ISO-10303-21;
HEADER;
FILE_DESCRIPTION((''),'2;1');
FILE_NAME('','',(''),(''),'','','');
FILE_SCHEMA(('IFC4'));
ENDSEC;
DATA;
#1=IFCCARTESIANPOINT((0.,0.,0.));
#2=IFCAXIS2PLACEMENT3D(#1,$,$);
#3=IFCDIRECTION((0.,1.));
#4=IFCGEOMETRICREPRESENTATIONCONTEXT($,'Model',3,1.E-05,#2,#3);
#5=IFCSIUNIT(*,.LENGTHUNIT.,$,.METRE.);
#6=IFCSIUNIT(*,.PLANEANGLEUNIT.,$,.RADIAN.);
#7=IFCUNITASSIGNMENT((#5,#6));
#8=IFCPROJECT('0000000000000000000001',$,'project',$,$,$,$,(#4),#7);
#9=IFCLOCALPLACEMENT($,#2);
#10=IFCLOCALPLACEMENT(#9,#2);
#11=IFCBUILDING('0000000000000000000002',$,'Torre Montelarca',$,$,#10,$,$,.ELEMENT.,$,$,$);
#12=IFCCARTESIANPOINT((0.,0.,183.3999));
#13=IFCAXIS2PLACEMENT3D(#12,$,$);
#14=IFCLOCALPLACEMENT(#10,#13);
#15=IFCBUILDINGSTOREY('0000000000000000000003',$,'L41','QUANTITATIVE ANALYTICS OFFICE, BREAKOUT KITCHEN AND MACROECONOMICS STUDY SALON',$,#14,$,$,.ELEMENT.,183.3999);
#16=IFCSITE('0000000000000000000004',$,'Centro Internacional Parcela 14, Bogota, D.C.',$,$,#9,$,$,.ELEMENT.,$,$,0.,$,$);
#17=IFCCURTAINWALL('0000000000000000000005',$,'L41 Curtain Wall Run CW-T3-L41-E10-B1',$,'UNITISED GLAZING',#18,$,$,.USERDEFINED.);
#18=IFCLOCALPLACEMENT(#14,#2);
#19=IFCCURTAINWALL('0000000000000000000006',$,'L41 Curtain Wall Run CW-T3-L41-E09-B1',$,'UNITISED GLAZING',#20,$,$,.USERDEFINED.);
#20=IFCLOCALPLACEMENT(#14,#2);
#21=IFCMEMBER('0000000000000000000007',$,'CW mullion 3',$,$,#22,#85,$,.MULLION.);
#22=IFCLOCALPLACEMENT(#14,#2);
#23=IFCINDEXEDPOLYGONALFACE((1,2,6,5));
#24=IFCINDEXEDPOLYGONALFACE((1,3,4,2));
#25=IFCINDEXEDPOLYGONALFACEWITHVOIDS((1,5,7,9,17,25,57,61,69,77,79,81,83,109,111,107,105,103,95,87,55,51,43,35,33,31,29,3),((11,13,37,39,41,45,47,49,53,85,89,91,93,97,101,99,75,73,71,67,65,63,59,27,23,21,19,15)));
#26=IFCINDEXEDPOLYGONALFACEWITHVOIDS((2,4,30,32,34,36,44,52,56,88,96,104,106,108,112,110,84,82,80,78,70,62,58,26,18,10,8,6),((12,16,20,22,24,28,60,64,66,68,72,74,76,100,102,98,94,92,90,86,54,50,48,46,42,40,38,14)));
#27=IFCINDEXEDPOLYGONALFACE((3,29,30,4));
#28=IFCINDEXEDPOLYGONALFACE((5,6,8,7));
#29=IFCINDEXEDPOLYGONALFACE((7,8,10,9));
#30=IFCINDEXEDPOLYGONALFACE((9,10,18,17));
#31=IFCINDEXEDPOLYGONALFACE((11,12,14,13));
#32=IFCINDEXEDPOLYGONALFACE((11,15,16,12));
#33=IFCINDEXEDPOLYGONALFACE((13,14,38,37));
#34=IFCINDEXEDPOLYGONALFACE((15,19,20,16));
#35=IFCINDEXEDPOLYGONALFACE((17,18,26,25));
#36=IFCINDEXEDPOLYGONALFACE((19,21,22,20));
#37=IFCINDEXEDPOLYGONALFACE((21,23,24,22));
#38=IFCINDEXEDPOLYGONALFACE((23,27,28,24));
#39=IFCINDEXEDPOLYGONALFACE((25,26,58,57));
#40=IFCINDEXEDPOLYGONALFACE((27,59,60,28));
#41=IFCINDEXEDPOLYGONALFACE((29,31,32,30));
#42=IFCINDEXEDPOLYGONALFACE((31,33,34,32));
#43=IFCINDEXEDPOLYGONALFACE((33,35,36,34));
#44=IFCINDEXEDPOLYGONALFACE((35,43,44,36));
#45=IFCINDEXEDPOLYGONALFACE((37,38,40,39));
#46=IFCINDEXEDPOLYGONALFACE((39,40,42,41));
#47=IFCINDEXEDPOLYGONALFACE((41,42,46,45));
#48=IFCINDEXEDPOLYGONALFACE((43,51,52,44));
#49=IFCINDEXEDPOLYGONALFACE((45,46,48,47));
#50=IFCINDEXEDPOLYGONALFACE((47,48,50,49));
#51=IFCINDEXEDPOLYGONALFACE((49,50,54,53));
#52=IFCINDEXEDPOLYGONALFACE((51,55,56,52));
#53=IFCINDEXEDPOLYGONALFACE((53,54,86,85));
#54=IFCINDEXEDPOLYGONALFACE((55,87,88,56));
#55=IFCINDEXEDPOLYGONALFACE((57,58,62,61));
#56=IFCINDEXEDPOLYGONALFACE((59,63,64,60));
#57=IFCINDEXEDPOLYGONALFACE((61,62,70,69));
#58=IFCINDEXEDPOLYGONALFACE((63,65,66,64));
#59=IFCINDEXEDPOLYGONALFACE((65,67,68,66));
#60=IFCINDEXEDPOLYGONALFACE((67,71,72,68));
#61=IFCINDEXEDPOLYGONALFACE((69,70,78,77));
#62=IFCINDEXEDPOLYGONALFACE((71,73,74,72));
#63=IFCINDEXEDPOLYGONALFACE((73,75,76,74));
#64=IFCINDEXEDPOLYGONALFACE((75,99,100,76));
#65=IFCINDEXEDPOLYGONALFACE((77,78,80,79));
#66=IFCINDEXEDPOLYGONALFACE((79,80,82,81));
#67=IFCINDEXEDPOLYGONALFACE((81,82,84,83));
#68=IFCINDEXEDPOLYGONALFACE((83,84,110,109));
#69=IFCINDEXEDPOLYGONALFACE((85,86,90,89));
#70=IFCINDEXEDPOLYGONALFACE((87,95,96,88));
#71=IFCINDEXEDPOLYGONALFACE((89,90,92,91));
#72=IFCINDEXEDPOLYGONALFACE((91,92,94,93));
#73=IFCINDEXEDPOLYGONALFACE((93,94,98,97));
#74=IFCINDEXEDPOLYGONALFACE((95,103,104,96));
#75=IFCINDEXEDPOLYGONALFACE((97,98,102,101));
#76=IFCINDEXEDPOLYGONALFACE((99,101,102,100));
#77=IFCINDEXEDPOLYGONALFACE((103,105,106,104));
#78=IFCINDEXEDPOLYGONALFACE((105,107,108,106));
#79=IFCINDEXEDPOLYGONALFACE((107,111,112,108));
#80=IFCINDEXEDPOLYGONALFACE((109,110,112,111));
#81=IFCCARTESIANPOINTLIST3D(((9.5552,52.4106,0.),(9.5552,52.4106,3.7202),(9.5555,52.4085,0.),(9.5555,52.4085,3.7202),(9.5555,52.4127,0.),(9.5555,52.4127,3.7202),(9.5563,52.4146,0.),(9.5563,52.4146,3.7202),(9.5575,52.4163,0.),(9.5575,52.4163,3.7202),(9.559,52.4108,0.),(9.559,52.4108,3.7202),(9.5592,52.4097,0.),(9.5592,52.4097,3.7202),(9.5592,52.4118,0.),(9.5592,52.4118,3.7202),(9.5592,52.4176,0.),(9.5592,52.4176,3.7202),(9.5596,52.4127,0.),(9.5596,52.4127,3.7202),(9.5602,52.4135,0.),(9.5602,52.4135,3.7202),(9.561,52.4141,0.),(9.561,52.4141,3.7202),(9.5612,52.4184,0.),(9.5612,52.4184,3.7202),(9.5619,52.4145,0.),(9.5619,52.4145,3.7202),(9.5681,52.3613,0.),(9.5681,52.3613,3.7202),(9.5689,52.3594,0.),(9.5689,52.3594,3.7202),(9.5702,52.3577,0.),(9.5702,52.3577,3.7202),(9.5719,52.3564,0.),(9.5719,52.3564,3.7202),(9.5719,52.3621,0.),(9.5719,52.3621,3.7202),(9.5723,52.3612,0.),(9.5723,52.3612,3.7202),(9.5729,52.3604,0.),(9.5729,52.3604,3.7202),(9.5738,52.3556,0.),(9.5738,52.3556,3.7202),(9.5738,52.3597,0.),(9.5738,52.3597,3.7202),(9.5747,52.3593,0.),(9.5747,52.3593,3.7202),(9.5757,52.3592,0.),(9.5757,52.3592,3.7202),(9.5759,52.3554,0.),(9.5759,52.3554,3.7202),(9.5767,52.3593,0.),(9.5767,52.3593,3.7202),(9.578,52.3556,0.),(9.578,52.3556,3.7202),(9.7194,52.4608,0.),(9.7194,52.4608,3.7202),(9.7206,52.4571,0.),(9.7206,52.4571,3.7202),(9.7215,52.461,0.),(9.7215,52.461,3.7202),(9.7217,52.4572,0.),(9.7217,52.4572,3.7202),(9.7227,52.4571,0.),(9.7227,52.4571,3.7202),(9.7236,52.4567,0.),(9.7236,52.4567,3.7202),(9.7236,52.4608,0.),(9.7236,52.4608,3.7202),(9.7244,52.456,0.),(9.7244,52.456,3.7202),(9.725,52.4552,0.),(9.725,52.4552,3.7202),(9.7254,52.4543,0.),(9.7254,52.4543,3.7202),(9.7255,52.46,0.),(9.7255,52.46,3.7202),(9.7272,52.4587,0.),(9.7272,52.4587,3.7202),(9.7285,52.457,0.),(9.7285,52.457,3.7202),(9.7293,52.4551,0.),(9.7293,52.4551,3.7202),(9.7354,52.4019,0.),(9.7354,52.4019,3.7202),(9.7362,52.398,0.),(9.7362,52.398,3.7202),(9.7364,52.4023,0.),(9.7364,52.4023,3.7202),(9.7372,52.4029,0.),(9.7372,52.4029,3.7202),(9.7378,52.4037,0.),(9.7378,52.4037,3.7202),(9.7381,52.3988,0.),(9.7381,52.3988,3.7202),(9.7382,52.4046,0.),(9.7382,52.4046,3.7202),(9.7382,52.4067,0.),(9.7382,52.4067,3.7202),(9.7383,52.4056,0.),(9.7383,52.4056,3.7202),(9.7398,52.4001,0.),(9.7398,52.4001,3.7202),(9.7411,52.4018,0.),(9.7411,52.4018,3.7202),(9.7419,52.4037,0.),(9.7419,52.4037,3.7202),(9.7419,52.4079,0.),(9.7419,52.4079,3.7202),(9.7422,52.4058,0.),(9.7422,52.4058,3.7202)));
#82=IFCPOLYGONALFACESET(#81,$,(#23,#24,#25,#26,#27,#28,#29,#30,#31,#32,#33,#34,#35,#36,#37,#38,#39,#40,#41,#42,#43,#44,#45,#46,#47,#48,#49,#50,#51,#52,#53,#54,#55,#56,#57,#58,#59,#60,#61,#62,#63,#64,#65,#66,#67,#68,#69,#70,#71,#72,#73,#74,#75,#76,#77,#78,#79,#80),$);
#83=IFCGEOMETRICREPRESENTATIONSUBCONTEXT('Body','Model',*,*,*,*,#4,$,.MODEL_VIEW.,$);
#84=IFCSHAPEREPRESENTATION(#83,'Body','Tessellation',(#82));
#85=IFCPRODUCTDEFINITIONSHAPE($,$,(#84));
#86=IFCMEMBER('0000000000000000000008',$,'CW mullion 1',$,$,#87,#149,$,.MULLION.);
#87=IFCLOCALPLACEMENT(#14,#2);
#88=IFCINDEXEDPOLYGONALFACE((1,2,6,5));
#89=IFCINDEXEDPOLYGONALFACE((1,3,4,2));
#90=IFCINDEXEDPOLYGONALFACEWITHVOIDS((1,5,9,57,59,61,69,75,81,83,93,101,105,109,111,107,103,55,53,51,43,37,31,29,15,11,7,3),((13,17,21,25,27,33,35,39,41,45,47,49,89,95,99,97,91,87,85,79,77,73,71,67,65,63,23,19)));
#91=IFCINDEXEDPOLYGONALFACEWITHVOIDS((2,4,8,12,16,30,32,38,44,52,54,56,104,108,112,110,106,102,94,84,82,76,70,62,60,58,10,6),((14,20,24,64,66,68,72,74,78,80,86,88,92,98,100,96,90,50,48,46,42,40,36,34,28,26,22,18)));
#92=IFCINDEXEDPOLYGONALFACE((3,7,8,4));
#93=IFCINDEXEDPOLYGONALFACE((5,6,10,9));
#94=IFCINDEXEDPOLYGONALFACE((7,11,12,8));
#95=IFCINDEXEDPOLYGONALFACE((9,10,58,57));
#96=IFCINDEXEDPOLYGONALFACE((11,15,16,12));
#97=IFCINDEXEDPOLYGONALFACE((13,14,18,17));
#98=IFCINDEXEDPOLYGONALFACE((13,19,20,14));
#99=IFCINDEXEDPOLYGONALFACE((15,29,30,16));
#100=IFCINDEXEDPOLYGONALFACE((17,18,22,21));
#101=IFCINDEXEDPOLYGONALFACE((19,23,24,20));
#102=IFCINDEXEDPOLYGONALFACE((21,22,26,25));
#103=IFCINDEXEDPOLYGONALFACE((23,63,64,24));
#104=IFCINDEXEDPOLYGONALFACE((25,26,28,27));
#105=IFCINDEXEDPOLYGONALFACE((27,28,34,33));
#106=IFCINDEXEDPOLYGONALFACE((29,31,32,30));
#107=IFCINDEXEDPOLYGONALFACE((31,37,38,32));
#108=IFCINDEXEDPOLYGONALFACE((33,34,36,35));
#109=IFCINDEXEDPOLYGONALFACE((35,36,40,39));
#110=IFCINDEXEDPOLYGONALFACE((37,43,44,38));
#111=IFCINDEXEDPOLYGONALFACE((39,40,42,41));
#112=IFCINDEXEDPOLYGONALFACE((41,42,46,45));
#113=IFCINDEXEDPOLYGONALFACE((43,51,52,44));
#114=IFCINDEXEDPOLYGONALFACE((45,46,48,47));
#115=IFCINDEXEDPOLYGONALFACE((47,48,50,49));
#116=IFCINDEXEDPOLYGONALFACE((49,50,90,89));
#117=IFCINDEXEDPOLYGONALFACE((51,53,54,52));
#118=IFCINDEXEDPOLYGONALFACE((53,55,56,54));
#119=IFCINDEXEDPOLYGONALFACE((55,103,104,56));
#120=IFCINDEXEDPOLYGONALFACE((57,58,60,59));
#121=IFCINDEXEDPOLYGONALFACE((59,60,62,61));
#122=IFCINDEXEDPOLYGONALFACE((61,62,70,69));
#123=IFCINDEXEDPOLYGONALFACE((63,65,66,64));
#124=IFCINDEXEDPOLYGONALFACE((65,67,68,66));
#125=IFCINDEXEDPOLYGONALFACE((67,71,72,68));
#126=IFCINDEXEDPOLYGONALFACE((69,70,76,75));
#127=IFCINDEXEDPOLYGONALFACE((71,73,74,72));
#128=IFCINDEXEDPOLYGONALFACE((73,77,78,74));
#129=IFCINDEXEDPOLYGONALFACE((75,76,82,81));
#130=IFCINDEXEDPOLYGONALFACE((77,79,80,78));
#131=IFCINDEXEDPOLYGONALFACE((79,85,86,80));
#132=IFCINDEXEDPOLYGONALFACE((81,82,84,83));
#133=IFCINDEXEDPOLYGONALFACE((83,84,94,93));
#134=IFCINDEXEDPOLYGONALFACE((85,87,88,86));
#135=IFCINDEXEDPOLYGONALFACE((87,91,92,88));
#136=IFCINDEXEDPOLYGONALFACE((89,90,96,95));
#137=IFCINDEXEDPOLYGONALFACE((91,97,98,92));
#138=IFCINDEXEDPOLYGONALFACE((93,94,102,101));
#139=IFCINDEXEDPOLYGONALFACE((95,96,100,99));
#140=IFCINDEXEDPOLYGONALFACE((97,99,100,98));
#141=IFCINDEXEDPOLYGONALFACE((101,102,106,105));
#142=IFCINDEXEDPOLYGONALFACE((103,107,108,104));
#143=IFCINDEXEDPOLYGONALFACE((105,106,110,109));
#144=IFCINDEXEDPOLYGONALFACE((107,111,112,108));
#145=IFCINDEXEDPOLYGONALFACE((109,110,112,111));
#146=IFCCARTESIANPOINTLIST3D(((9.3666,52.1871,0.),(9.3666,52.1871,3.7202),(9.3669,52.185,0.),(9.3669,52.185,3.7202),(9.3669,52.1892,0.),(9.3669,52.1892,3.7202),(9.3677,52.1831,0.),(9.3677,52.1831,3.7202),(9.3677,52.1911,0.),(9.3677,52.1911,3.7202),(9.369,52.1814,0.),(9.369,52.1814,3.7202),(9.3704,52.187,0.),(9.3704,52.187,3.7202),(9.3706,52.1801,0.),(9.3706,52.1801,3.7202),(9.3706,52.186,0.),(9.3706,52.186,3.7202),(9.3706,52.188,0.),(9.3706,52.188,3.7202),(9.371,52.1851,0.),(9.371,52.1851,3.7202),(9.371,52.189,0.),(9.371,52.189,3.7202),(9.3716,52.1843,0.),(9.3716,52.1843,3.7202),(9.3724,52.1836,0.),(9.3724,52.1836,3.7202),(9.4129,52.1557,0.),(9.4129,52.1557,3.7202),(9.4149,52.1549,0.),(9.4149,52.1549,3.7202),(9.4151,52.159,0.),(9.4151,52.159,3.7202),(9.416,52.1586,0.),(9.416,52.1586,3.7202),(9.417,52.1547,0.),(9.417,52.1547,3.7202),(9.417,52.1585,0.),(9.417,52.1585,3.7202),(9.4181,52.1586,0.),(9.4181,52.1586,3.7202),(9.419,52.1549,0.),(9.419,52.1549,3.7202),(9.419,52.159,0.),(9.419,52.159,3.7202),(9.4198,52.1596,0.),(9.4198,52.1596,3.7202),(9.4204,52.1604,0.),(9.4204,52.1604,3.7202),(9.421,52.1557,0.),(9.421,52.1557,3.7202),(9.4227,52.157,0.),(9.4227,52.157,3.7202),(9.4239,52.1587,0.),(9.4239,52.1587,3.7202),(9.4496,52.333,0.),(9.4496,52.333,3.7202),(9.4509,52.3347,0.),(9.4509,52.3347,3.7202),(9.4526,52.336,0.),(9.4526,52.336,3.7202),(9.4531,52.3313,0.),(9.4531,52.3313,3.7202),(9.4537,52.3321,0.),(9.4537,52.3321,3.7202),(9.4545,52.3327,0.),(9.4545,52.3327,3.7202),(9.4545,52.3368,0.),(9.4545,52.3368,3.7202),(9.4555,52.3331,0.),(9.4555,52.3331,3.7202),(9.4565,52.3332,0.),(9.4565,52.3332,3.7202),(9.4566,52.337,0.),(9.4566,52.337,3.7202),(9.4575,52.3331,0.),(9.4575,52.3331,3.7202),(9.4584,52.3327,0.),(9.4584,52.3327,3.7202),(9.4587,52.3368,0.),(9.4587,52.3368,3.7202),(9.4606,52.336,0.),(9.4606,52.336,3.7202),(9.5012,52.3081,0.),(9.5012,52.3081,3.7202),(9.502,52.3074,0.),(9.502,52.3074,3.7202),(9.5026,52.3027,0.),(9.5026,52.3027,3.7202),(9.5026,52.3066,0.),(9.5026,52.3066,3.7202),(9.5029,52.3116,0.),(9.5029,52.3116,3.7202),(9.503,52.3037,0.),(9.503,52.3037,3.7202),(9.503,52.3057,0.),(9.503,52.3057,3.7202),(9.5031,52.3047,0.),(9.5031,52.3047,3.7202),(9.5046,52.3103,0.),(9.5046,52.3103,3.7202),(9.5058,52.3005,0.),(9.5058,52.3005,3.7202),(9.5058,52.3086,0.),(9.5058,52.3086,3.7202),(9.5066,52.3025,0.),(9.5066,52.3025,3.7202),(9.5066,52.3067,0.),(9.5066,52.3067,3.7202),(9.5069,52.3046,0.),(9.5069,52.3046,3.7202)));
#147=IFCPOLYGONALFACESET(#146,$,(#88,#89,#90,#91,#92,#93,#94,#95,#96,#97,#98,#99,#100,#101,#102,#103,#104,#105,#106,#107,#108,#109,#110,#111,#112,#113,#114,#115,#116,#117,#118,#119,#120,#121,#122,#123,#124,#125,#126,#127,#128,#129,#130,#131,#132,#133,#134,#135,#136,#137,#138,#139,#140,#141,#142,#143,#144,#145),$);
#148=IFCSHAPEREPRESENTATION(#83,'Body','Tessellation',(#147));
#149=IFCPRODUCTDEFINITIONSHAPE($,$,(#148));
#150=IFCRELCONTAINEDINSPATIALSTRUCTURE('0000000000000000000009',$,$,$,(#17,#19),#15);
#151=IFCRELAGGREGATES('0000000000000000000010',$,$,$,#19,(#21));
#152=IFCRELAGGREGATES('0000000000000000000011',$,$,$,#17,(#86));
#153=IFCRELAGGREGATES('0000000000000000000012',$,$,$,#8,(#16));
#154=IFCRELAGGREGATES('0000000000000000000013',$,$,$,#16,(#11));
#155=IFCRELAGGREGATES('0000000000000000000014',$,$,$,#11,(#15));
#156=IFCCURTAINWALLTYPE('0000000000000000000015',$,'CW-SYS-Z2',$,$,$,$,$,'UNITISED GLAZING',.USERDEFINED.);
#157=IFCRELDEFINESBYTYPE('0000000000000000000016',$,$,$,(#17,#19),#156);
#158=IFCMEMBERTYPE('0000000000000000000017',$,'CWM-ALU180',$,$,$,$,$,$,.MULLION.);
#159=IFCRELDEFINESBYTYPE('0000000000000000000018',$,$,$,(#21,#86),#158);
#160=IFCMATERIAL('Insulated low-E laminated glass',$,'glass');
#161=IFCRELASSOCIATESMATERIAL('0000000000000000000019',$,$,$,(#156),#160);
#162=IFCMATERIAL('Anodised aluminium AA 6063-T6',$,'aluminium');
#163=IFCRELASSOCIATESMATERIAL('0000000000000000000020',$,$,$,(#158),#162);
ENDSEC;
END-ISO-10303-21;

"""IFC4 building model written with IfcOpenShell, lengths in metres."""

from ifc_helpers import new_model, si_unit, direction, frame, origin, origin_2d, place, context, subcontext, project, spatial, hollow_rectangle, extrude, source, transform, mapped, material, material_profile, profile_set, type_object, element, aggregate, save


model = new_model("IFC4")

# Units and contexts
model_context = context("Model", 3, precision=1e-05, world=origin(), true_north=direction((0.0, 1.0)))
body_context = subcontext(model_context, "Body", "Model", "MODEL_VIEW")
ifc_project = project(units=[si_unit("LENGTHUNIT", "METRE"), si_unit("PLANEANGLEUNIT", "RADIAN")], contexts=[model_context])

# Site, building, storey
site_placement = place(None, origin())
site = spatial("IfcSite", under=ifc_project, at=site_placement, Name="Centro Internacional Parcela 14, Bogota, D.C.", CompositionType="ELEMENT", RefElevation=0.0)
building_placement = place(site_placement, origin())
building = spatial("IfcBuilding", under=site, at=building_placement, Name="Torre Montelarca", CompositionType="ELEMENT")
storey_placement = place(building_placement, frame((0.0, 0.0, 183.3999)))
storey = spatial("IfcBuildingStorey", under=building, at=storey_placement, Name="L41", Description="QUANTITATIVE ANALYTICS OFFICE, BREAKOUT KITCHEN AND MACROECONOMICS STUDY SALON", CompositionType="ELEMENT", Elevation=183.3999)

# Curtain wall
ifc_material_1 = material(Name="Insulated low-E laminated glass", Category="glass")
curtain_wall_type = type_object("IfcCurtainWallType", Name="CW-SYS-Z2", ElementType="UNITISED GLAZING", PredefinedType="USERDEFINED", material=ifc_material_1)
curtain_wall_1_placement = place(storey_placement, origin())
curtain_wall_1 = element("IfcCurtainWall", 1, at=curtain_wall_1_placement, inside=storey, type_object=curtain_wall_type, Name="L41 Curtain Wall Run CW-T3-L41-E10-B1", ObjectType="UNITISED GLAZING", PredefinedType="USERDEFINED")
ifc_material_2 = material(Name="Anodised aluminium AA 6063-T6", Category="aluminium")

# Curtain wall, member
curtain_wall_2_placement = place(storey_placement, origin())
curtain_wall_2 = element("IfcCurtainWall", 2, at=curtain_wall_2_placement, inside=storey, type_object=curtain_wall_type, Name="L41 Curtain Wall Run CW-T3-L41-E09-B1", ObjectType="UNITISED GLAZING", PredefinedType="USERDEFINED")
ifc_material_profile_1 = material_profile(ifc_material_2, hollow_rectangle(XDim=0.0649, YDim=0.1799, WallThickness=0.0039, InnerFilletRadius=0.0039, OuterFilletRadius=0.0081, at=origin_2d()), Name="ALU65X180X4", Category="aluminium")
ifc_profile_set_1 = profile_set([ifc_material_profile_1], Name="Anodised aluminium AA 6063-T6")
member_type_1 = type_object("IfcMemberType", Name="CWM-ALU180", PredefinedType="MULLION", material=ifc_profile_set_1)
shared_shape_1 = source(origin(), body_context, "Body", "SweptSolid", [
    extrude(hollow_rectangle(XDim=0.0649, YDim=0.1799, WallThickness=0.0039, InnerFilletRadius=0.0039, OuterFilletRadius=0.0081, at=origin_2d()), origin(), (0.0, 0.0, 1.0), 3.7202),
])
member_1_placement = place(storey_placement, frame((9.6487, 52.4082, 0.0), z_axis=(0.0, 0.0, 1.0), x_axis=(0.258814, -0.965927, 0.0)))
member_1 = element("IfcMember", 3, at=member_1_placement, type_object=member_type_1, Name="CW mullion 3", PredefinedType="MULLION", context=body_context, shape_type="MappedRepresentation", body=[
    mapped(shared_shape_1, transform((0.0, 0.0, 0.0), scale=1.0)),
])
aggregate(curtain_wall_2, [member_1])

# Member
member_2_placement = place(storey_placement, frame((9.4368, 52.2458, 0.0), z_axis=(0.0, 0.0, 1.0), x_axis=(0.866025, -0.500001, 0.0)))
member_2 = element("IfcMember", 4, at=member_2_placement, type_object=member_type_1, Name="CW mullion 1", PredefinedType="MULLION", context=body_context, shape_type="MappedRepresentation", body=[
    mapped(shared_shape_1, transform((0.0, 0.0, 0.0), scale=1.0)),
])

aggregate(curtain_wall_1, [member_2])

save(model, "model.ifc")
